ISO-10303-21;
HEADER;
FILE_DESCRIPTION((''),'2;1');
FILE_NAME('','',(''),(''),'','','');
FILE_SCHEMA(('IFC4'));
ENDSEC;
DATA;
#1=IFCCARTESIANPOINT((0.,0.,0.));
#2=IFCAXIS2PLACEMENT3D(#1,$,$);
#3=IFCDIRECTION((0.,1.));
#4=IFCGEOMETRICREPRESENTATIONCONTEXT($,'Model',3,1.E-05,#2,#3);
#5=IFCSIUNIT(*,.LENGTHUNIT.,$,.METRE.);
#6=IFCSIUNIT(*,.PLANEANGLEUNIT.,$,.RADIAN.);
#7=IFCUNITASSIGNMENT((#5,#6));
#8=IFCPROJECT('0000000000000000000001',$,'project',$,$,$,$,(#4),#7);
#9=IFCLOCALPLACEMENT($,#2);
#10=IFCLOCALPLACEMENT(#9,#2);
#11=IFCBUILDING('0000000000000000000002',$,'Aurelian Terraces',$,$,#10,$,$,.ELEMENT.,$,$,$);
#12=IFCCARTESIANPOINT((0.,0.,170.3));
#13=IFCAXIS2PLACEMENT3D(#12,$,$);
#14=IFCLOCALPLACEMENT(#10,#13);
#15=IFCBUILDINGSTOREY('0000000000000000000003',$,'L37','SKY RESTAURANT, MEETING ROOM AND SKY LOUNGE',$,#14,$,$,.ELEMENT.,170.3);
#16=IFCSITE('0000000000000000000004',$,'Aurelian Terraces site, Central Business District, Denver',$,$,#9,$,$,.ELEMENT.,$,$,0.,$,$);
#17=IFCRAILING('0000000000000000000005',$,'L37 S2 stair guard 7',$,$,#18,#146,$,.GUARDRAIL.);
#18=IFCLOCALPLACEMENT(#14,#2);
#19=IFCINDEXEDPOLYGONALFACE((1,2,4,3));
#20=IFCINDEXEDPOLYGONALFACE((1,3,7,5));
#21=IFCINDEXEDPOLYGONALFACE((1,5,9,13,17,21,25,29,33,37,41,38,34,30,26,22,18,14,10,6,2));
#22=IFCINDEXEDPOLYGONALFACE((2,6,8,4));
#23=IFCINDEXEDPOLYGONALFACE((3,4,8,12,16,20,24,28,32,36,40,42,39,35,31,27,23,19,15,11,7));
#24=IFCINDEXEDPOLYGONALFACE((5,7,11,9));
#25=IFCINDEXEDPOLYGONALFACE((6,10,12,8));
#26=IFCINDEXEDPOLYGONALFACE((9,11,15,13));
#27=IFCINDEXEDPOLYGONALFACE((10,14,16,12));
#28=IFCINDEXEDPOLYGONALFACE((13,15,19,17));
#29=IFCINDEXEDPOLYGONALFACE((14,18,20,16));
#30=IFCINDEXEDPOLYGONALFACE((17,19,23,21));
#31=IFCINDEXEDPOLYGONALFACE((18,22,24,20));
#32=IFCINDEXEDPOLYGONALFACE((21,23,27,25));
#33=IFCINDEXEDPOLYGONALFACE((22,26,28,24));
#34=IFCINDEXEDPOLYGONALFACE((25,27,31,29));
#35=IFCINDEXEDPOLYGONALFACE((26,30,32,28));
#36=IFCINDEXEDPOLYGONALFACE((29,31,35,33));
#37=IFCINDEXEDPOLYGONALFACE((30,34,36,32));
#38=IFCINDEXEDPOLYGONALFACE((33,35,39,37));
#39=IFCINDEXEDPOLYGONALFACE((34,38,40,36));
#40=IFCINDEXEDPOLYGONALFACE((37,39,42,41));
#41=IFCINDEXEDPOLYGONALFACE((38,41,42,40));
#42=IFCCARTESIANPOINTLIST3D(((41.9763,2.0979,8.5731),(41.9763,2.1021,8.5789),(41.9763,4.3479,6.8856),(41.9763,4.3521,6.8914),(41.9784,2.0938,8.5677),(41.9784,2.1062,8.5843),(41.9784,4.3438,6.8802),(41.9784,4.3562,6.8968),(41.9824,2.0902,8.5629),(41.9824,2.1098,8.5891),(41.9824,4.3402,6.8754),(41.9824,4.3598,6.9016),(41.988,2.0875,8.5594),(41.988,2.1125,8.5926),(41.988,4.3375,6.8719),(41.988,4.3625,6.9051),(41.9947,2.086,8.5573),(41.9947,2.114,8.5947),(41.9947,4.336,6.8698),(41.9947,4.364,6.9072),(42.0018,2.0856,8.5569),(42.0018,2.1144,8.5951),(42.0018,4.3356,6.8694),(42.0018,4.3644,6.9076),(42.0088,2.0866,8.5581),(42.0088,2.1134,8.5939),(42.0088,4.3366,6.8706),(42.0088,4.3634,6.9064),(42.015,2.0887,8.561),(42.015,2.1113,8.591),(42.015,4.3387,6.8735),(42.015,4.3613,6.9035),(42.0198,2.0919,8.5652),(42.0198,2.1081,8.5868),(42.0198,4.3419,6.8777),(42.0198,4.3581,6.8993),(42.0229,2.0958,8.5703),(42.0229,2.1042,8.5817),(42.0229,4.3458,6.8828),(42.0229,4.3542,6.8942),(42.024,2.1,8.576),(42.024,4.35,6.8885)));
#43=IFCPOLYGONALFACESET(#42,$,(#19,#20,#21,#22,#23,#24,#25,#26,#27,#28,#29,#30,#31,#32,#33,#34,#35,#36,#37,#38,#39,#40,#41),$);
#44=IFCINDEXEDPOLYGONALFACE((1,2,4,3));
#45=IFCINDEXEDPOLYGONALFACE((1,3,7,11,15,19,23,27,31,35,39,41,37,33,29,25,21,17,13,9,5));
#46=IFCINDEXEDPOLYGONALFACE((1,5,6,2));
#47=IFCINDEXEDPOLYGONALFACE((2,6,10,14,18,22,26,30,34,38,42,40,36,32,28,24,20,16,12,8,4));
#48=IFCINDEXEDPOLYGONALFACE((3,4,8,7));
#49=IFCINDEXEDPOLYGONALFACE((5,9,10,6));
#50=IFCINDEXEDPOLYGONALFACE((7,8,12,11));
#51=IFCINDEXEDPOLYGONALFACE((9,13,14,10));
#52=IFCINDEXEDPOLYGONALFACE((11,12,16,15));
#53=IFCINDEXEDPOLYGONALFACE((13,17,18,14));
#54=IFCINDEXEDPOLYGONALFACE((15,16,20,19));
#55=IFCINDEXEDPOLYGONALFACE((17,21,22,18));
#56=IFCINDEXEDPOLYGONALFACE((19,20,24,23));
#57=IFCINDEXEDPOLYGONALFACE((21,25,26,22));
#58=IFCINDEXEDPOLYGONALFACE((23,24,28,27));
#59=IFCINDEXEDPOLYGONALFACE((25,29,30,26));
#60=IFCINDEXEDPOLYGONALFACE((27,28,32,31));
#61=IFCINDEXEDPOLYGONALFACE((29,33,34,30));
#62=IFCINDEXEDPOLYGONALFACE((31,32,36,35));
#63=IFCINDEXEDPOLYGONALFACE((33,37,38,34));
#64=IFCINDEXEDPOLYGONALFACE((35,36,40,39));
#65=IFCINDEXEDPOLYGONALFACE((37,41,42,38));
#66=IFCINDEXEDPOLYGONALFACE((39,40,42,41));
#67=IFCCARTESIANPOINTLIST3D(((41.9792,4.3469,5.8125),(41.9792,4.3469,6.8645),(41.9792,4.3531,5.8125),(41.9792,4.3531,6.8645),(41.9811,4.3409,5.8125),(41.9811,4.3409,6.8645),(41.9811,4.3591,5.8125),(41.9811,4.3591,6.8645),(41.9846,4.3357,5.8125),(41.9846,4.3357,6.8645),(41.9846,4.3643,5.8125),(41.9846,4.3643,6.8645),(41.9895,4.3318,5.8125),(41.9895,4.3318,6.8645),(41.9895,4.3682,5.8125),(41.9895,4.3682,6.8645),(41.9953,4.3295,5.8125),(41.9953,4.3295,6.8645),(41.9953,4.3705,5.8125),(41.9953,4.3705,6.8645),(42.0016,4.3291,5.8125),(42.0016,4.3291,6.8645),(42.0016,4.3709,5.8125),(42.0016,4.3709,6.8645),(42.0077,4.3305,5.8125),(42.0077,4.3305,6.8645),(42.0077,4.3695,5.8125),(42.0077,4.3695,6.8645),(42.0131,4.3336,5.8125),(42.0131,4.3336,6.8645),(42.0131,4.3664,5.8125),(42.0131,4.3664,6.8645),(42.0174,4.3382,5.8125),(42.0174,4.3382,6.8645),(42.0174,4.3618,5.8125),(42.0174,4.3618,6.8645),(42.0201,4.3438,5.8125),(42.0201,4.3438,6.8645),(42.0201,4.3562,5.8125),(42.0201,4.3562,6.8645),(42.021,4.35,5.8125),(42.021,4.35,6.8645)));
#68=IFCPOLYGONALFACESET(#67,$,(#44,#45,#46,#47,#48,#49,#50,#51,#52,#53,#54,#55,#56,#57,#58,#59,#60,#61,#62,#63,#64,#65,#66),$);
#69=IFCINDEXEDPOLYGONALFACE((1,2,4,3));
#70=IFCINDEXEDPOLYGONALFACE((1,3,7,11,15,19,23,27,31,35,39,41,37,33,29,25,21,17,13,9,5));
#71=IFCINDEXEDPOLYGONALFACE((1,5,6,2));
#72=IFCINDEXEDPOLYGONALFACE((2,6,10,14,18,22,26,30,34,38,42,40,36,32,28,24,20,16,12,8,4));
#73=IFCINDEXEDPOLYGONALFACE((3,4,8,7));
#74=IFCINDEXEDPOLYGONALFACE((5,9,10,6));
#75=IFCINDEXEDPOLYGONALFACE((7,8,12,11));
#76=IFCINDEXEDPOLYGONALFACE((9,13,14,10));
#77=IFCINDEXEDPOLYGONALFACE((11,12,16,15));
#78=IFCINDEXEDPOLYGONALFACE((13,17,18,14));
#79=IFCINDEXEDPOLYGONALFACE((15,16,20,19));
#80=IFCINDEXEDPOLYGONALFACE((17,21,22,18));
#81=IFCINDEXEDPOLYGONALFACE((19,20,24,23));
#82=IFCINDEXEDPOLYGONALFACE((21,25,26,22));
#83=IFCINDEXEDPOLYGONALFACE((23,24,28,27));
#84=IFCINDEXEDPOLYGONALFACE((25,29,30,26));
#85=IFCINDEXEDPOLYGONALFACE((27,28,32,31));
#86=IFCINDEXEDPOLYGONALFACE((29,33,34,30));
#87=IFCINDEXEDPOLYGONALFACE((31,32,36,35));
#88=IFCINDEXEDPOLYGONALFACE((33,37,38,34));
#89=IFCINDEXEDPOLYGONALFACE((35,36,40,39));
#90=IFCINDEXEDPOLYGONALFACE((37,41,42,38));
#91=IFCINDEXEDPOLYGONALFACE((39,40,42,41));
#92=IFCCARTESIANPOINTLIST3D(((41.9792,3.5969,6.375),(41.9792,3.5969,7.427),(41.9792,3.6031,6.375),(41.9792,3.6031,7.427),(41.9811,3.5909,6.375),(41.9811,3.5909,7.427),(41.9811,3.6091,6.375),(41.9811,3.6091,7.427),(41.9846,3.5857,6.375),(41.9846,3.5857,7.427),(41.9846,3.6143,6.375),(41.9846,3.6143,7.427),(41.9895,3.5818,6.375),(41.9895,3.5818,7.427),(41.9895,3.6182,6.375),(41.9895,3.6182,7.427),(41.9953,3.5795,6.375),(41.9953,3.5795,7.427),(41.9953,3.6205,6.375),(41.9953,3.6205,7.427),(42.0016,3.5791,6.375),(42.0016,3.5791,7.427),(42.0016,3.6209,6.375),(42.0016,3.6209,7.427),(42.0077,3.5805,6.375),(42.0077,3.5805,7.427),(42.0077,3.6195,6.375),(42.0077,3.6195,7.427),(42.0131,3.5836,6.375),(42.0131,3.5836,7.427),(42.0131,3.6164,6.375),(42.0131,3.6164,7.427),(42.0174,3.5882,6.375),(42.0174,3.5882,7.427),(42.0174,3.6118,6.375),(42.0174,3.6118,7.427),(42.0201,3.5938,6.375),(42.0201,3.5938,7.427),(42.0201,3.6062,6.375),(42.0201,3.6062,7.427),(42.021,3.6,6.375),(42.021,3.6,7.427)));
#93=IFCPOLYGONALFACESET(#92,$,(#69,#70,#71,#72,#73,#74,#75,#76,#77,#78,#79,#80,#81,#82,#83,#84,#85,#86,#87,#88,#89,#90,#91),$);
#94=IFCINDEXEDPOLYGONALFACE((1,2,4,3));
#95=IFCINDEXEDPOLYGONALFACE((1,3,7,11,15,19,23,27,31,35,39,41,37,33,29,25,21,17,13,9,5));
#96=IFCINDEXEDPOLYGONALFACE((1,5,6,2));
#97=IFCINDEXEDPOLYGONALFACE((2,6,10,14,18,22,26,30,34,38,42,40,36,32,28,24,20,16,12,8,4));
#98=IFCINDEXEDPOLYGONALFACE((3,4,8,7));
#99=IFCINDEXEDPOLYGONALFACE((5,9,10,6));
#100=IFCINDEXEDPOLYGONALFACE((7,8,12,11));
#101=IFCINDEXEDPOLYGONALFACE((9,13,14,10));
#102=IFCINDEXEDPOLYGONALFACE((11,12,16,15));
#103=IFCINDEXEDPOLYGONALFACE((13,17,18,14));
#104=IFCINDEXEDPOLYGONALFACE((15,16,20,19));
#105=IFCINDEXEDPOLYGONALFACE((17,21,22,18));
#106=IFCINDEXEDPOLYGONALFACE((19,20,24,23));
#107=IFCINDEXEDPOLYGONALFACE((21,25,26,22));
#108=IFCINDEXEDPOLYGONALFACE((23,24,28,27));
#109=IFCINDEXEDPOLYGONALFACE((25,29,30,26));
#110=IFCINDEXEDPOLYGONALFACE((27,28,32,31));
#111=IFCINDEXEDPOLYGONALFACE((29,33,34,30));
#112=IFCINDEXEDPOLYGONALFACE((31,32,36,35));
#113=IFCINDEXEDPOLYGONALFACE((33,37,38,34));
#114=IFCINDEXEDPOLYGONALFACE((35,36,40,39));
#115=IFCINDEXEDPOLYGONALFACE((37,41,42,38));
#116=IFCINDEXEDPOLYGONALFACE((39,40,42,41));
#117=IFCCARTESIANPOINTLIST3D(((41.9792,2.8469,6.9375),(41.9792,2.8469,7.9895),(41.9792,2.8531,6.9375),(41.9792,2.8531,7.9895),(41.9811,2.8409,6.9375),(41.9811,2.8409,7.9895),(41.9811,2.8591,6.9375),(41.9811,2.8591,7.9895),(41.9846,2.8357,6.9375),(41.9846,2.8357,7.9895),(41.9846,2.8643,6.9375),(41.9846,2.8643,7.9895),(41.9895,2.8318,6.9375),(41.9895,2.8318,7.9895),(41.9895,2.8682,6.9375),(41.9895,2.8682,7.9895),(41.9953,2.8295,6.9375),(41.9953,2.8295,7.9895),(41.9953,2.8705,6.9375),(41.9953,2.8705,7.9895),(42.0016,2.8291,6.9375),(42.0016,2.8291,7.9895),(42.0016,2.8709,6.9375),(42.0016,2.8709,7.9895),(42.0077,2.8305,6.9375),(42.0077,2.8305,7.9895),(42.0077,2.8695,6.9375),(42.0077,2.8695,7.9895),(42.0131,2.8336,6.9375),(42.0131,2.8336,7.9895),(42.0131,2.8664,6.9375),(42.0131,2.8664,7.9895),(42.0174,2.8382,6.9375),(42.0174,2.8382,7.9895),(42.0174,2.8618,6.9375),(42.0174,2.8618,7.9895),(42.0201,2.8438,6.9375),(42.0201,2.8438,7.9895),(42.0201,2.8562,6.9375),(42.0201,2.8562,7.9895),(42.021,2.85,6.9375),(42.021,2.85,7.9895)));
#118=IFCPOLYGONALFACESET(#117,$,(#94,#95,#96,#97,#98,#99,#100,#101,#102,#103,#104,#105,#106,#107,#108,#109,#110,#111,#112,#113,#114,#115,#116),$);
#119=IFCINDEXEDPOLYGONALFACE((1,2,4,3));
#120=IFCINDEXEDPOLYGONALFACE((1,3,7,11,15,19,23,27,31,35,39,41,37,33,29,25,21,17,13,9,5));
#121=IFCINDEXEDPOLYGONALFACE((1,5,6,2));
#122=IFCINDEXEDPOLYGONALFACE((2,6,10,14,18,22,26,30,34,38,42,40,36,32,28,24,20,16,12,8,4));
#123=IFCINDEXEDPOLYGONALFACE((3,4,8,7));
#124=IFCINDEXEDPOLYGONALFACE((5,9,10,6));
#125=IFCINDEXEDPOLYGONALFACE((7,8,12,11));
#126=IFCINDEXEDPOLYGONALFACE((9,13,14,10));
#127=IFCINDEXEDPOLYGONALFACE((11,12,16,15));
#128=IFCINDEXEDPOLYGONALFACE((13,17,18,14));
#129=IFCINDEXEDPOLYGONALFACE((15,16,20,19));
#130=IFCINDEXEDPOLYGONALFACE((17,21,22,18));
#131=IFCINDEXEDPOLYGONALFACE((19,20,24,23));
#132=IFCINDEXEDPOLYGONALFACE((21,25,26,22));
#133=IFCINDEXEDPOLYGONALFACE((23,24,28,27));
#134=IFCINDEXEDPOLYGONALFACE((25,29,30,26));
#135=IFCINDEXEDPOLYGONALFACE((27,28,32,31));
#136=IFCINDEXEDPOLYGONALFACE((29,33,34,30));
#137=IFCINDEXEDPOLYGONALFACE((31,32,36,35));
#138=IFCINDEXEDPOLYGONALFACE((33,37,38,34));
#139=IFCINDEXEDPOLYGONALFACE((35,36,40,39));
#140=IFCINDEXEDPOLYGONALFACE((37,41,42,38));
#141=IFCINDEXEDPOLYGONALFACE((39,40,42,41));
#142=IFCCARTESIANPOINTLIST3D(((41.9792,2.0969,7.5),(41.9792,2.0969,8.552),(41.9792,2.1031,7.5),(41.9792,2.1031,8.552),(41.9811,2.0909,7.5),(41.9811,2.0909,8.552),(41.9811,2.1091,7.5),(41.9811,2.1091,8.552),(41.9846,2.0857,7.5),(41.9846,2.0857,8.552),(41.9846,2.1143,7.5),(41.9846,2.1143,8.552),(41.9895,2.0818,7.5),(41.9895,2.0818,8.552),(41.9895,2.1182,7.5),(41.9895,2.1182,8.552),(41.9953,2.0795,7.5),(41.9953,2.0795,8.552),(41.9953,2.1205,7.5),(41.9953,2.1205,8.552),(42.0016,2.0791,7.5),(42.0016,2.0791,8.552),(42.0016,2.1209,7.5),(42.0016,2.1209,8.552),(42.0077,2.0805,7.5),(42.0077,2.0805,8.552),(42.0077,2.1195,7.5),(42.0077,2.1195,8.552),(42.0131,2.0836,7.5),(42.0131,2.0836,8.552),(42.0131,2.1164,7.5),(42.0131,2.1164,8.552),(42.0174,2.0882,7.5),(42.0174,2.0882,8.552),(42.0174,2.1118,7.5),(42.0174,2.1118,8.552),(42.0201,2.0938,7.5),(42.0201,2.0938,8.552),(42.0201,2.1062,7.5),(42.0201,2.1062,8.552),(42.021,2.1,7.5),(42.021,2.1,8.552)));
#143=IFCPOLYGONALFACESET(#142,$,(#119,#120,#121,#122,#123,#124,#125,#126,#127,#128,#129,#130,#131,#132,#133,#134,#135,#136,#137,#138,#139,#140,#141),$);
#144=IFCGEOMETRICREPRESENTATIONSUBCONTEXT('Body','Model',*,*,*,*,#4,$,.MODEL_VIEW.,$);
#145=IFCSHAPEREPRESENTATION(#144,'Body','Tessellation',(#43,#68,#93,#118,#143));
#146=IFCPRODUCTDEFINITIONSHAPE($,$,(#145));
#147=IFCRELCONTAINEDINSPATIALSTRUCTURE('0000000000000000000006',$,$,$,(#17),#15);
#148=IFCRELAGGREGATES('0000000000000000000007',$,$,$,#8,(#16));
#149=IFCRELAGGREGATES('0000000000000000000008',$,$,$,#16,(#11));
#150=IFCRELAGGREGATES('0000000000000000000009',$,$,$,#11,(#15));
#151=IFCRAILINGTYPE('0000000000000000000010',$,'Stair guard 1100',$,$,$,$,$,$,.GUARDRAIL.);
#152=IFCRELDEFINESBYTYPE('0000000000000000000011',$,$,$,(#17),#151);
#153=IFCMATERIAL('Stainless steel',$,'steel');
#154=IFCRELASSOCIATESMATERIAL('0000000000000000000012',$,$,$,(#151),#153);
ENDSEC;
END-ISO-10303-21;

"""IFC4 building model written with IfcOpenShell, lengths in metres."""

from ifc_helpers import new_model, si_unit, direction, frame, origin, origin_2d, place, context, subcontext, project, spatial, circle, extrude, source, transform, mapped, material, type_object, element, save


model = new_model("IFC4")

# Units and contexts
model_context = context("Model", 3, precision=1e-05, world=origin(), true_north=direction((0.0, 1.0)))
body_context = subcontext(model_context, "Body", "Model", "MODEL_VIEW")
ifc_project = project(units=[si_unit("LENGTHUNIT", "METRE"), si_unit("PLANEANGLEUNIT", "RADIAN")], contexts=[model_context])

# Site, building, storey
site_placement = place(None, origin())
site = spatial("IfcSite", under=ifc_project, at=site_placement, Name="Aurelian Terraces site, Central Business District, Denver", CompositionType="ELEMENT", RefElevation=0.0)
building_placement = place(site_placement, origin())
building = spatial("IfcBuilding", under=site, at=building_placement, Name="Aurelian Terraces", CompositionType="ELEMENT")
storey_placement = place(building_placement, frame((0.0, 0.0, 170.3)))
storey = spatial("IfcBuildingStorey", under=building, at=storey_placement, Name="L37", Description="SKY RESTAURANT, MEETING ROOM AND SKY LOUNGE", CompositionType="ELEMENT", Elevation=170.3)

# Railing
ifc_material_1 = material(Name="Stainless steel", Category="steel")
railing_type_1 = type_object("IfcRailingType", Name="Stair guard 1100", PredefinedType="GUARDRAIL", material=ifc_material_1)
shared_shape_1 = source(origin(), body_context, "Body", "SweptSolid", [
    extrude(circle(Radius=0.024, at=origin_2d()), frame((0.0, 0.0, 1.076), z_axis=(0.0, -0.8, 0.6), x_axis=(1.0, 0.0, 0.0)), (0.0, 0.0, 1.0), 2.8125),
    extrude(circle(Radius=0.021, at=origin_2d()), origin(), (0.0, 0.0, 1.0), 1.052),
    extrude(circle(Radius=0.021, at=origin_2d()), frame((0.0, -0.75, 0.5625)), (0.0, 0.0, 1.0), 1.052),
    extrude(circle(Radius=0.021, at=origin_2d()), frame((0.0, -1.5, 1.125)), (0.0, 0.0, 1.0), 1.052),
    extrude(circle(Radius=0.021, at=origin_2d()), frame((0.0, -2.25, 1.6875)), (0.0, 0.0, 1.0), 1.052),
])
for number, where, name in (
    (1, (42.0, 4.35, 5.8125), "L37 S2 stair guard 7"),
):
    element("IfcRailing", number, at=place(storey_placement, frame(where)), inside=storey, type_object=railing_type_1, Name=name, PredefinedType="GUARDRAIL", context=body_context, shape_type="MappedRepresentation", body=[
        mapped(shared_shape_1, transform((0.0, 0.0, 0.0), scale=1.0)),
    ])

save(model, "model.ifc")
